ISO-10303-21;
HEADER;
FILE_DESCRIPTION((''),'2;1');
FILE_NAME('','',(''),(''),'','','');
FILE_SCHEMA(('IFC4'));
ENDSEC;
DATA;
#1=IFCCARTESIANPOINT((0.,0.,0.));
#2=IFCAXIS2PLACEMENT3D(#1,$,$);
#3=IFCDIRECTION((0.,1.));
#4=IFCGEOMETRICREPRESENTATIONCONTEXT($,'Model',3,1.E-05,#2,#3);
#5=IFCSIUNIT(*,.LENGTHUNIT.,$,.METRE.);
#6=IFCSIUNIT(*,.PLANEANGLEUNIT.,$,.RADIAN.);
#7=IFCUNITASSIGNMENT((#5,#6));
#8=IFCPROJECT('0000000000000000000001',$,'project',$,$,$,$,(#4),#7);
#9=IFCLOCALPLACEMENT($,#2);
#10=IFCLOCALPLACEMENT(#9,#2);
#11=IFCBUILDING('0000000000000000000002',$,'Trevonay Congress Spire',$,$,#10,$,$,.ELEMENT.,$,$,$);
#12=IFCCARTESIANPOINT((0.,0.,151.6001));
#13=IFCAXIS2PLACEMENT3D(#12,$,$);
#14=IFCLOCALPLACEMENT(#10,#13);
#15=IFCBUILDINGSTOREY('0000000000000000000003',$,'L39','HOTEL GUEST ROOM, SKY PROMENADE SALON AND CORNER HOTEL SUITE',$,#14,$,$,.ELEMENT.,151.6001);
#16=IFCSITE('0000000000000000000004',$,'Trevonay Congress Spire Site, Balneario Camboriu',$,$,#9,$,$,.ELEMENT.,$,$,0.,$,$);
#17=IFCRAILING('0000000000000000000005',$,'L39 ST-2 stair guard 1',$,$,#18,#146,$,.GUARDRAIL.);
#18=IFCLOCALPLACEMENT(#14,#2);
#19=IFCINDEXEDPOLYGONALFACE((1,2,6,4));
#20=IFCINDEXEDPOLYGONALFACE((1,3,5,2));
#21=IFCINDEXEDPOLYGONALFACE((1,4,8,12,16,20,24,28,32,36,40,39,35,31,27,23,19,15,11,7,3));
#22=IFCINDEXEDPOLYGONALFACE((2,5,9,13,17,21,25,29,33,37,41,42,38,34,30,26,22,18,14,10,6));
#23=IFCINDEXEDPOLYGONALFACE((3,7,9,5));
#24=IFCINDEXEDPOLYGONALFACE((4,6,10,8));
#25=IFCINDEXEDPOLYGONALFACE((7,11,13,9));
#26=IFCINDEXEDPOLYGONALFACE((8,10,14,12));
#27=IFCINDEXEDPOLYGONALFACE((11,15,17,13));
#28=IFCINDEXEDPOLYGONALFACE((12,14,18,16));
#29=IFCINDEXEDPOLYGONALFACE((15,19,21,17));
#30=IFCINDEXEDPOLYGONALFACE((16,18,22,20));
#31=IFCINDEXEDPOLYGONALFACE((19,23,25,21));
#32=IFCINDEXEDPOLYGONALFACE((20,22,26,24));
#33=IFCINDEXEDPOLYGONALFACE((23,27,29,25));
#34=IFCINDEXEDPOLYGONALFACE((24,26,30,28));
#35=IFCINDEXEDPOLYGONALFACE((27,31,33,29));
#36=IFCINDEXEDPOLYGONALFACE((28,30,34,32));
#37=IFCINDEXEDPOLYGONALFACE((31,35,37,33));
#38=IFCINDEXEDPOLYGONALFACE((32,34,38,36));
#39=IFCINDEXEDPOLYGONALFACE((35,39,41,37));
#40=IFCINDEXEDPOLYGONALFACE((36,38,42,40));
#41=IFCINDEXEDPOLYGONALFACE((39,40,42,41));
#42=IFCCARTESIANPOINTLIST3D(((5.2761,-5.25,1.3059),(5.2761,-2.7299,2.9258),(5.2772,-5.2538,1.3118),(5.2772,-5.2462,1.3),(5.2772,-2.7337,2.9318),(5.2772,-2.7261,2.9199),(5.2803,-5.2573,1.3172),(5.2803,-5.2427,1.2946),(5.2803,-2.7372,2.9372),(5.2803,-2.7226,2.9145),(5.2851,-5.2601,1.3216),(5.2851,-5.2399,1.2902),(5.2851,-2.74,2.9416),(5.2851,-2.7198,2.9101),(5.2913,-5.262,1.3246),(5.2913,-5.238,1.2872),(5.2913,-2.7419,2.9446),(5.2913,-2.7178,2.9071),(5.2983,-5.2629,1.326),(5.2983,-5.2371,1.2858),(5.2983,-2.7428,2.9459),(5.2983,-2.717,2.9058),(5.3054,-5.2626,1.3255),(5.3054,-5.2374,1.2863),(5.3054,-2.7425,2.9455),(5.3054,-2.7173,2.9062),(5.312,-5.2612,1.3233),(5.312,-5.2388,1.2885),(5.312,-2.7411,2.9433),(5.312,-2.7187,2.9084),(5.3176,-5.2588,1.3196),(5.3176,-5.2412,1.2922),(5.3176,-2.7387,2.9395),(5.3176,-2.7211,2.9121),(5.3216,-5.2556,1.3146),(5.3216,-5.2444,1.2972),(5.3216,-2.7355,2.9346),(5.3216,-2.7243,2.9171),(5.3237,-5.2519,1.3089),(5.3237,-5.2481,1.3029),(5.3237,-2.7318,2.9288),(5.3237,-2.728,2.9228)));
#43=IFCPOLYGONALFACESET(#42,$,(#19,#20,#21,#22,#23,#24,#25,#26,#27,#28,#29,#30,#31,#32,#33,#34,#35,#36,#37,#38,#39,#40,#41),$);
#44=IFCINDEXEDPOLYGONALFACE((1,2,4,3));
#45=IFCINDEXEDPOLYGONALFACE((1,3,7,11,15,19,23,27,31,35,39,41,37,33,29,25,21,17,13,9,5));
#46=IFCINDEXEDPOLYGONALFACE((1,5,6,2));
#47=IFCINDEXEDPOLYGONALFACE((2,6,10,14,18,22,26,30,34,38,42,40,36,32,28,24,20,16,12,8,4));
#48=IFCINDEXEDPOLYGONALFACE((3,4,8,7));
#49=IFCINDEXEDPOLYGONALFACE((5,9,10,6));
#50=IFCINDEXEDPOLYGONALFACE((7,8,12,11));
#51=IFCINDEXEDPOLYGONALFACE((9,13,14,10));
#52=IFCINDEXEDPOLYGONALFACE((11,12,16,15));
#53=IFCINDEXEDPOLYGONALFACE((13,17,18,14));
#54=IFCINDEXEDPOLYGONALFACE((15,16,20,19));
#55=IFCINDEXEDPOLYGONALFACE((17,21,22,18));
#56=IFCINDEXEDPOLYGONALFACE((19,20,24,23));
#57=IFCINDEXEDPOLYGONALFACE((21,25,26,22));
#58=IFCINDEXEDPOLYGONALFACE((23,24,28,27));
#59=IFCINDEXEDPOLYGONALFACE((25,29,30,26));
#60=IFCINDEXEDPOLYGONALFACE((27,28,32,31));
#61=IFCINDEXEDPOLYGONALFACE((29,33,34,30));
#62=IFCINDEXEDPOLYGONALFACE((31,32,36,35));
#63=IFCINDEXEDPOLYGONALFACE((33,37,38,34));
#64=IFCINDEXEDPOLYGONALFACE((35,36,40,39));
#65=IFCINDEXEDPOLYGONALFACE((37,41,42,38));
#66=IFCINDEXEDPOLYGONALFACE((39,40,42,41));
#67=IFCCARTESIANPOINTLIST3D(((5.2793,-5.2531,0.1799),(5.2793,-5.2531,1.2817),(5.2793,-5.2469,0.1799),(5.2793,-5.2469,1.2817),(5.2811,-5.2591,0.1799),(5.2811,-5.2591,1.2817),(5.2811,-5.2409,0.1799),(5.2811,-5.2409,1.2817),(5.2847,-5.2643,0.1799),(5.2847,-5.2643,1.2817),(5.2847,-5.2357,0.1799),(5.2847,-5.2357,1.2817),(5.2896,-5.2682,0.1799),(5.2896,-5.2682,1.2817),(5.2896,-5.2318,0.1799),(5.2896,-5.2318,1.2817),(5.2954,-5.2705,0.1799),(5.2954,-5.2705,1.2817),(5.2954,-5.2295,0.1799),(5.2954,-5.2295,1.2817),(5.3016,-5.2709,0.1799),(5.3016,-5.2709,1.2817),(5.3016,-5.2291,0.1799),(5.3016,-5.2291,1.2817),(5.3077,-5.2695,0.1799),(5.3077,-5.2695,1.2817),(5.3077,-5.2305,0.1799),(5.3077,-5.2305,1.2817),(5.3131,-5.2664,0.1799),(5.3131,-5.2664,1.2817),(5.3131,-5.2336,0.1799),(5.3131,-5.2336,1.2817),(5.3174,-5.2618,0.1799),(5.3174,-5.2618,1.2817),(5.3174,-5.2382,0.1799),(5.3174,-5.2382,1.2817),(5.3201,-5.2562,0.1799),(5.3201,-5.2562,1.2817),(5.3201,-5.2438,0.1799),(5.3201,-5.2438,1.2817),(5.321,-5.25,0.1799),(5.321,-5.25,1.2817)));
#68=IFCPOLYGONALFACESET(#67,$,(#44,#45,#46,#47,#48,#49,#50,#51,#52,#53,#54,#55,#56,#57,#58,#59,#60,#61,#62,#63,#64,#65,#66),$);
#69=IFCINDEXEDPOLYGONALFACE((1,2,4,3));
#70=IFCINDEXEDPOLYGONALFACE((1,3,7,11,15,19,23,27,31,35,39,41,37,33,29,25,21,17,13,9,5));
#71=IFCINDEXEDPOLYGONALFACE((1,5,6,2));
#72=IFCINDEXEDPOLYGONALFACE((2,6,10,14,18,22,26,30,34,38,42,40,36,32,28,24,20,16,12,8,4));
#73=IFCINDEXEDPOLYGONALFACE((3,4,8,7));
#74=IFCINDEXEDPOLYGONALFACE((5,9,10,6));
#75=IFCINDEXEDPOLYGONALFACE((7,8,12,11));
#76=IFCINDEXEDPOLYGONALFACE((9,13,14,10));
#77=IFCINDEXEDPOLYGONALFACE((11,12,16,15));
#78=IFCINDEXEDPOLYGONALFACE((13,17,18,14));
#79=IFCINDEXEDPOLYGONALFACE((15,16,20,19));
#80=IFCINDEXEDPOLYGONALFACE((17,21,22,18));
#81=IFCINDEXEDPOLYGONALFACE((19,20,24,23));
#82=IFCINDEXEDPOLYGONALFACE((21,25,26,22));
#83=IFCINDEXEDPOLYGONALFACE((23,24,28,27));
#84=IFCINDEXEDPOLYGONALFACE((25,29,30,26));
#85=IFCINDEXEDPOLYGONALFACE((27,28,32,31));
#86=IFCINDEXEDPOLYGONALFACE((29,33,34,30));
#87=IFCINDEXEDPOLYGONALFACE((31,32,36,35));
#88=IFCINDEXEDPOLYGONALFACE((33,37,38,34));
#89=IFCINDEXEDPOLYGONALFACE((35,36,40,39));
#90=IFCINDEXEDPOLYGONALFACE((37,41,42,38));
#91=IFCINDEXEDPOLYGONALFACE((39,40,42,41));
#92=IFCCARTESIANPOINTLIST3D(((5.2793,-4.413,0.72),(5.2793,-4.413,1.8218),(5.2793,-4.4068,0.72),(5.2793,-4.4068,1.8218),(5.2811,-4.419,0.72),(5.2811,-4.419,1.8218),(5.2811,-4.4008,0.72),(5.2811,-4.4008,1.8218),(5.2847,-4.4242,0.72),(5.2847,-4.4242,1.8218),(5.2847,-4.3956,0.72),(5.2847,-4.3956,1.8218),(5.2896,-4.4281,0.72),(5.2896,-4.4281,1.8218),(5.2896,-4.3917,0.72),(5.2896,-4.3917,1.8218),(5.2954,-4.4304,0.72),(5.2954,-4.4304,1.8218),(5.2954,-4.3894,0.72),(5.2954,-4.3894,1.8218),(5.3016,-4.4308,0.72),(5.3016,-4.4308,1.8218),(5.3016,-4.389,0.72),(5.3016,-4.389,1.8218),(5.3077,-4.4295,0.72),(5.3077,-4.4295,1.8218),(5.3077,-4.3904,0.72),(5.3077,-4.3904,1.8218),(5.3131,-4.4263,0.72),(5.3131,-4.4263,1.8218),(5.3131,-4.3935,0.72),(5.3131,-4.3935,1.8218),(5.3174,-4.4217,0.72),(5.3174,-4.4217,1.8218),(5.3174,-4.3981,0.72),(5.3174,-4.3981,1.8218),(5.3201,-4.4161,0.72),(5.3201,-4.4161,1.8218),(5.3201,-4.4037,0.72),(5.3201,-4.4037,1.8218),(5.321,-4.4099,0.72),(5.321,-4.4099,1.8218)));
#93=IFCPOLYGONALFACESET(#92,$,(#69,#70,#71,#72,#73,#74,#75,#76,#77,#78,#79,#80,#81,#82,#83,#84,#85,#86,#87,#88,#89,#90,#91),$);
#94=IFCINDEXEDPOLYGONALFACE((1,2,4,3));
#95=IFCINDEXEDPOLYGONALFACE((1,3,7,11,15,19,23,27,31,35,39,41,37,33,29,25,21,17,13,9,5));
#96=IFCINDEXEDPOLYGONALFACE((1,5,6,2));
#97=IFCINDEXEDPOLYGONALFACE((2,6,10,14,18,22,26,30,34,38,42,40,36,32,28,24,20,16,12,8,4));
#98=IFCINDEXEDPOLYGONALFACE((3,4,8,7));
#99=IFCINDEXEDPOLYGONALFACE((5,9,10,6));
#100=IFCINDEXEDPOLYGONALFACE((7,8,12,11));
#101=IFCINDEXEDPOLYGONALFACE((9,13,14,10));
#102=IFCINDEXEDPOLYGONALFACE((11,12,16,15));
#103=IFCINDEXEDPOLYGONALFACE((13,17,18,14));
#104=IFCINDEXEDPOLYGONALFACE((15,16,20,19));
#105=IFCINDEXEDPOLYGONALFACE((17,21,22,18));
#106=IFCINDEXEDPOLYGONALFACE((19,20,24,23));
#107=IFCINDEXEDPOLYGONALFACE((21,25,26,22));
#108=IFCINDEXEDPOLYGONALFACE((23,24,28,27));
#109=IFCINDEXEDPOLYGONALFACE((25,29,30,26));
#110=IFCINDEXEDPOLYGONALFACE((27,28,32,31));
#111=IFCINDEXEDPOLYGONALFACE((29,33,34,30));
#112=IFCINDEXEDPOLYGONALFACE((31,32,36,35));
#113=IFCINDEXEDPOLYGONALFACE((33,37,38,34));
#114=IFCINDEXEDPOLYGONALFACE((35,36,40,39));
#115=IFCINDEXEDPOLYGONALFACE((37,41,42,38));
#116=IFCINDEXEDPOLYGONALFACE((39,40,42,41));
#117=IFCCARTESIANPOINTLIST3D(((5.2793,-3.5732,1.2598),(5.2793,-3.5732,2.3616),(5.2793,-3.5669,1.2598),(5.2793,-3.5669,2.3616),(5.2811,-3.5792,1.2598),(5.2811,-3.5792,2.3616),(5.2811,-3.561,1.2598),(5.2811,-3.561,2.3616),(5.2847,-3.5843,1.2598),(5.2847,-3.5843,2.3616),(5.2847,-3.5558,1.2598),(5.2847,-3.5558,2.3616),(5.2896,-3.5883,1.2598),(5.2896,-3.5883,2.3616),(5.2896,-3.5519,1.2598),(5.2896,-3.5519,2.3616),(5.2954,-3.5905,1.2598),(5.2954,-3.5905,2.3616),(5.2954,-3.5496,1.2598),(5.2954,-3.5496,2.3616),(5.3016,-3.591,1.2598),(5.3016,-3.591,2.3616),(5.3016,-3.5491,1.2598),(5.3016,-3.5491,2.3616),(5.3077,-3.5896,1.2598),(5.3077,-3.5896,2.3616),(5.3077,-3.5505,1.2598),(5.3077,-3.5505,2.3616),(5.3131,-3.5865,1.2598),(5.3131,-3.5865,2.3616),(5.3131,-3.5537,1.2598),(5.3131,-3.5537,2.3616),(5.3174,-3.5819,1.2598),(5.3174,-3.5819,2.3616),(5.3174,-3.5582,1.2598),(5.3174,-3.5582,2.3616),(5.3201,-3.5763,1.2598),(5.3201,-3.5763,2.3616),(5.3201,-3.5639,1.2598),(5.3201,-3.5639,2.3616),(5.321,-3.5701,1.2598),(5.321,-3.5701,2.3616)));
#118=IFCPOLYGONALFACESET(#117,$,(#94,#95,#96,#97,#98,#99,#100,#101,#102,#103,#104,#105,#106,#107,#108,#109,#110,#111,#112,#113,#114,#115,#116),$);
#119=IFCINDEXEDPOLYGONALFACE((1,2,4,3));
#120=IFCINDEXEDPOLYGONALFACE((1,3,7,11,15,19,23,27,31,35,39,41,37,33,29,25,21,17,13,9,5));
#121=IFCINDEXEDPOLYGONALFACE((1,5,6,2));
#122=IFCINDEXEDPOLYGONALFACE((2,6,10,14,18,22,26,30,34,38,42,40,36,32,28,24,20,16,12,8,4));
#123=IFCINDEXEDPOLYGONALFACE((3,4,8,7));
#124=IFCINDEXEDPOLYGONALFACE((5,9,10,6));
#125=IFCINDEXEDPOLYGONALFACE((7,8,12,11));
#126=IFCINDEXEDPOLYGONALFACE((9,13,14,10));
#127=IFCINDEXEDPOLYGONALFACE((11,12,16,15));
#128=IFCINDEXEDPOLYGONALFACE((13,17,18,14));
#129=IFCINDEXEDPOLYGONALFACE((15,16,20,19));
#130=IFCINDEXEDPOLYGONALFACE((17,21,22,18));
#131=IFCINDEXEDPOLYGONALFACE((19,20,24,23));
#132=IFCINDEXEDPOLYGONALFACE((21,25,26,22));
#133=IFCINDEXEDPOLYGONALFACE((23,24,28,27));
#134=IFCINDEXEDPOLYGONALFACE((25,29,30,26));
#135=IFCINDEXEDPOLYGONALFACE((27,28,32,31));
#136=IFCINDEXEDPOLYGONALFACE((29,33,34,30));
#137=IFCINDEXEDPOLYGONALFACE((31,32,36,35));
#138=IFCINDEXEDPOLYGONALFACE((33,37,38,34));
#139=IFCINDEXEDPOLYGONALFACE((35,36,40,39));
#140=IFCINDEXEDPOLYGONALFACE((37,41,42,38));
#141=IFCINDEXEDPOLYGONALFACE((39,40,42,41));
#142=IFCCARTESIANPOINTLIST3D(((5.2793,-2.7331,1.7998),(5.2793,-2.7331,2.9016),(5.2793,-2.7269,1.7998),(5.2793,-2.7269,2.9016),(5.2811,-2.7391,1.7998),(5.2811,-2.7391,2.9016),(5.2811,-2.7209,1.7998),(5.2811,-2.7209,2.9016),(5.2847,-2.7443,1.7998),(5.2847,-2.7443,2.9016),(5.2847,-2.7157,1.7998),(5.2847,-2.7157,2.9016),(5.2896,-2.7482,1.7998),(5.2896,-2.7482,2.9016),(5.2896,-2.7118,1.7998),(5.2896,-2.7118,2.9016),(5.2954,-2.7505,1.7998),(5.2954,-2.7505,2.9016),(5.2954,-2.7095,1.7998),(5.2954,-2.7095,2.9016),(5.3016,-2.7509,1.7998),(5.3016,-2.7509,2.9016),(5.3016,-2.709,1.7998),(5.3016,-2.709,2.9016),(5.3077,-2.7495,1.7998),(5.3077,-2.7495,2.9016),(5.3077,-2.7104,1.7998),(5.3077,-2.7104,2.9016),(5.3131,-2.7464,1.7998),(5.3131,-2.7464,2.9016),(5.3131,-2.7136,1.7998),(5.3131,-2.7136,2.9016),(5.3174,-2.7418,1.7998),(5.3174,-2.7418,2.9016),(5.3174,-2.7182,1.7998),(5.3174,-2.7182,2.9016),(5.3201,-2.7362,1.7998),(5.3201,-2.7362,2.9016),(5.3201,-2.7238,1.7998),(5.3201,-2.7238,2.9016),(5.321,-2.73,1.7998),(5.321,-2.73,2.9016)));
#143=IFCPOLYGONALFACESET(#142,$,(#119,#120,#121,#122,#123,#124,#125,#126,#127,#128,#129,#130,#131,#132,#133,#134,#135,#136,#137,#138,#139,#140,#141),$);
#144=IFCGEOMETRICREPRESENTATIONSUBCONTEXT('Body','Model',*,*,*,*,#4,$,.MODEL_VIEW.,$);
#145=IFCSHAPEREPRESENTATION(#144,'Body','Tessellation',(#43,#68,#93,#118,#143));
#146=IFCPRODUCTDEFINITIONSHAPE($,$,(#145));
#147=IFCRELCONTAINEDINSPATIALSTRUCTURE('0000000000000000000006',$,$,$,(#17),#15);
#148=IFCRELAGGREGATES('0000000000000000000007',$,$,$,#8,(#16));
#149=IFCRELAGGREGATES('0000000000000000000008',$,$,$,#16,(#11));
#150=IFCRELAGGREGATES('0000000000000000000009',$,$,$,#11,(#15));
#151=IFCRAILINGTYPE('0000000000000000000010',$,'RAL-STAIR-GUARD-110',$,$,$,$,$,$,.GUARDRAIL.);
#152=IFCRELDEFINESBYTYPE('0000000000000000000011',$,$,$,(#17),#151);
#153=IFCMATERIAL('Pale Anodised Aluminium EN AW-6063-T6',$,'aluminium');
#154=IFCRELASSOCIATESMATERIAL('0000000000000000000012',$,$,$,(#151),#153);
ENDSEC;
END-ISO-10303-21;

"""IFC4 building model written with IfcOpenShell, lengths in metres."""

from ifc_helpers import new_model, si_unit, direction, frame, origin, origin_2d, place, context, subcontext, project, spatial, circle, extrude, material, type_object, element, save


model = new_model("IFC4")

# Units and contexts
model_context = context("Model", 3, precision=1e-05, world=origin(), true_north=direction((0.0, 1.0)))
body_context = subcontext(model_context, "Body", "Model", "MODEL_VIEW")
ifc_project = project(units=[si_unit("LENGTHUNIT", "METRE"), si_unit("PLANEANGLEUNIT", "RADIAN")], contexts=[model_context])

# Site, building, storey
site_placement = place(None, origin())
site = spatial("IfcSite", under=ifc_project, at=site_placement, Name="Trevonay Congress Spire Site, Balneario Camboriu", CompositionType="ELEMENT", RefElevation=0.0)
building_placement = place(site_placement, origin())
building = spatial("IfcBuilding", under=site, at=building_placement, Name="Trevonay Congress Spire", CompositionType="ELEMENT")
storey_placement = place(building_placement, frame((0.0, 0.0, 151.6001)))
storey = spatial("IfcBuildingStorey", under=building, at=storey_placement, Name="L39", Description="HOTEL GUEST ROOM, SKY PROMENADE SALON AND CORNER HOTEL SUITE", CompositionType="ELEMENT", Elevation=151.6001)

# Railing
ifc_material_1 = material(Name="Pale Anodised Aluminium EN AW-6063-T6", Category="aluminium")
railing_type_1 = type_object("IfcRailingType", Name="RAL-STAIR-GUARD-110", PredefinedType="GUARDRAIL", material=ifc_material_1)
railing_1_placement = place(storey_placement, frame((5.3, -5.25, 0.1799)))
element("IfcRailing", 1, at=railing_1_placement, inside=storey, type_object=railing_type_1, Name="L39 ST-2 stair guard 1", PredefinedType="GUARDRAIL", context=body_context, shape_type="SweptSolid", body=[
    extrude(circle(Radius=0.0239, at=origin_2d()), frame((0.0, 0.0, 1.126), z_axis=(0.0, 0.8412, 0.540725), x_axis=(-1.0, 0.0, 0.0)), (0.0, 0.0, 1.0), 2.9958),
    extrude(circle(Radius=0.021, at=origin_2d()), origin(), (0.0, 0.0, 1.0), 1.1018),
    extrude(circle(Radius=0.021, at=origin_2d()), frame((0.0, 0.8401, 0.54)), (0.0, 0.0, 1.0), 1.1018),
    extrude(circle(Radius=0.021, at=origin_2d()), frame((0.0, 1.6799, 1.0798)), (0.0, 0.0, 1.0), 1.1018),
    extrude(circle(Radius=0.021, at=origin_2d()), frame((0.0, 2.52, 1.6199)), (0.0, 0.0, 1.0), 1.1018),
])

save(model, "model.ifc")
